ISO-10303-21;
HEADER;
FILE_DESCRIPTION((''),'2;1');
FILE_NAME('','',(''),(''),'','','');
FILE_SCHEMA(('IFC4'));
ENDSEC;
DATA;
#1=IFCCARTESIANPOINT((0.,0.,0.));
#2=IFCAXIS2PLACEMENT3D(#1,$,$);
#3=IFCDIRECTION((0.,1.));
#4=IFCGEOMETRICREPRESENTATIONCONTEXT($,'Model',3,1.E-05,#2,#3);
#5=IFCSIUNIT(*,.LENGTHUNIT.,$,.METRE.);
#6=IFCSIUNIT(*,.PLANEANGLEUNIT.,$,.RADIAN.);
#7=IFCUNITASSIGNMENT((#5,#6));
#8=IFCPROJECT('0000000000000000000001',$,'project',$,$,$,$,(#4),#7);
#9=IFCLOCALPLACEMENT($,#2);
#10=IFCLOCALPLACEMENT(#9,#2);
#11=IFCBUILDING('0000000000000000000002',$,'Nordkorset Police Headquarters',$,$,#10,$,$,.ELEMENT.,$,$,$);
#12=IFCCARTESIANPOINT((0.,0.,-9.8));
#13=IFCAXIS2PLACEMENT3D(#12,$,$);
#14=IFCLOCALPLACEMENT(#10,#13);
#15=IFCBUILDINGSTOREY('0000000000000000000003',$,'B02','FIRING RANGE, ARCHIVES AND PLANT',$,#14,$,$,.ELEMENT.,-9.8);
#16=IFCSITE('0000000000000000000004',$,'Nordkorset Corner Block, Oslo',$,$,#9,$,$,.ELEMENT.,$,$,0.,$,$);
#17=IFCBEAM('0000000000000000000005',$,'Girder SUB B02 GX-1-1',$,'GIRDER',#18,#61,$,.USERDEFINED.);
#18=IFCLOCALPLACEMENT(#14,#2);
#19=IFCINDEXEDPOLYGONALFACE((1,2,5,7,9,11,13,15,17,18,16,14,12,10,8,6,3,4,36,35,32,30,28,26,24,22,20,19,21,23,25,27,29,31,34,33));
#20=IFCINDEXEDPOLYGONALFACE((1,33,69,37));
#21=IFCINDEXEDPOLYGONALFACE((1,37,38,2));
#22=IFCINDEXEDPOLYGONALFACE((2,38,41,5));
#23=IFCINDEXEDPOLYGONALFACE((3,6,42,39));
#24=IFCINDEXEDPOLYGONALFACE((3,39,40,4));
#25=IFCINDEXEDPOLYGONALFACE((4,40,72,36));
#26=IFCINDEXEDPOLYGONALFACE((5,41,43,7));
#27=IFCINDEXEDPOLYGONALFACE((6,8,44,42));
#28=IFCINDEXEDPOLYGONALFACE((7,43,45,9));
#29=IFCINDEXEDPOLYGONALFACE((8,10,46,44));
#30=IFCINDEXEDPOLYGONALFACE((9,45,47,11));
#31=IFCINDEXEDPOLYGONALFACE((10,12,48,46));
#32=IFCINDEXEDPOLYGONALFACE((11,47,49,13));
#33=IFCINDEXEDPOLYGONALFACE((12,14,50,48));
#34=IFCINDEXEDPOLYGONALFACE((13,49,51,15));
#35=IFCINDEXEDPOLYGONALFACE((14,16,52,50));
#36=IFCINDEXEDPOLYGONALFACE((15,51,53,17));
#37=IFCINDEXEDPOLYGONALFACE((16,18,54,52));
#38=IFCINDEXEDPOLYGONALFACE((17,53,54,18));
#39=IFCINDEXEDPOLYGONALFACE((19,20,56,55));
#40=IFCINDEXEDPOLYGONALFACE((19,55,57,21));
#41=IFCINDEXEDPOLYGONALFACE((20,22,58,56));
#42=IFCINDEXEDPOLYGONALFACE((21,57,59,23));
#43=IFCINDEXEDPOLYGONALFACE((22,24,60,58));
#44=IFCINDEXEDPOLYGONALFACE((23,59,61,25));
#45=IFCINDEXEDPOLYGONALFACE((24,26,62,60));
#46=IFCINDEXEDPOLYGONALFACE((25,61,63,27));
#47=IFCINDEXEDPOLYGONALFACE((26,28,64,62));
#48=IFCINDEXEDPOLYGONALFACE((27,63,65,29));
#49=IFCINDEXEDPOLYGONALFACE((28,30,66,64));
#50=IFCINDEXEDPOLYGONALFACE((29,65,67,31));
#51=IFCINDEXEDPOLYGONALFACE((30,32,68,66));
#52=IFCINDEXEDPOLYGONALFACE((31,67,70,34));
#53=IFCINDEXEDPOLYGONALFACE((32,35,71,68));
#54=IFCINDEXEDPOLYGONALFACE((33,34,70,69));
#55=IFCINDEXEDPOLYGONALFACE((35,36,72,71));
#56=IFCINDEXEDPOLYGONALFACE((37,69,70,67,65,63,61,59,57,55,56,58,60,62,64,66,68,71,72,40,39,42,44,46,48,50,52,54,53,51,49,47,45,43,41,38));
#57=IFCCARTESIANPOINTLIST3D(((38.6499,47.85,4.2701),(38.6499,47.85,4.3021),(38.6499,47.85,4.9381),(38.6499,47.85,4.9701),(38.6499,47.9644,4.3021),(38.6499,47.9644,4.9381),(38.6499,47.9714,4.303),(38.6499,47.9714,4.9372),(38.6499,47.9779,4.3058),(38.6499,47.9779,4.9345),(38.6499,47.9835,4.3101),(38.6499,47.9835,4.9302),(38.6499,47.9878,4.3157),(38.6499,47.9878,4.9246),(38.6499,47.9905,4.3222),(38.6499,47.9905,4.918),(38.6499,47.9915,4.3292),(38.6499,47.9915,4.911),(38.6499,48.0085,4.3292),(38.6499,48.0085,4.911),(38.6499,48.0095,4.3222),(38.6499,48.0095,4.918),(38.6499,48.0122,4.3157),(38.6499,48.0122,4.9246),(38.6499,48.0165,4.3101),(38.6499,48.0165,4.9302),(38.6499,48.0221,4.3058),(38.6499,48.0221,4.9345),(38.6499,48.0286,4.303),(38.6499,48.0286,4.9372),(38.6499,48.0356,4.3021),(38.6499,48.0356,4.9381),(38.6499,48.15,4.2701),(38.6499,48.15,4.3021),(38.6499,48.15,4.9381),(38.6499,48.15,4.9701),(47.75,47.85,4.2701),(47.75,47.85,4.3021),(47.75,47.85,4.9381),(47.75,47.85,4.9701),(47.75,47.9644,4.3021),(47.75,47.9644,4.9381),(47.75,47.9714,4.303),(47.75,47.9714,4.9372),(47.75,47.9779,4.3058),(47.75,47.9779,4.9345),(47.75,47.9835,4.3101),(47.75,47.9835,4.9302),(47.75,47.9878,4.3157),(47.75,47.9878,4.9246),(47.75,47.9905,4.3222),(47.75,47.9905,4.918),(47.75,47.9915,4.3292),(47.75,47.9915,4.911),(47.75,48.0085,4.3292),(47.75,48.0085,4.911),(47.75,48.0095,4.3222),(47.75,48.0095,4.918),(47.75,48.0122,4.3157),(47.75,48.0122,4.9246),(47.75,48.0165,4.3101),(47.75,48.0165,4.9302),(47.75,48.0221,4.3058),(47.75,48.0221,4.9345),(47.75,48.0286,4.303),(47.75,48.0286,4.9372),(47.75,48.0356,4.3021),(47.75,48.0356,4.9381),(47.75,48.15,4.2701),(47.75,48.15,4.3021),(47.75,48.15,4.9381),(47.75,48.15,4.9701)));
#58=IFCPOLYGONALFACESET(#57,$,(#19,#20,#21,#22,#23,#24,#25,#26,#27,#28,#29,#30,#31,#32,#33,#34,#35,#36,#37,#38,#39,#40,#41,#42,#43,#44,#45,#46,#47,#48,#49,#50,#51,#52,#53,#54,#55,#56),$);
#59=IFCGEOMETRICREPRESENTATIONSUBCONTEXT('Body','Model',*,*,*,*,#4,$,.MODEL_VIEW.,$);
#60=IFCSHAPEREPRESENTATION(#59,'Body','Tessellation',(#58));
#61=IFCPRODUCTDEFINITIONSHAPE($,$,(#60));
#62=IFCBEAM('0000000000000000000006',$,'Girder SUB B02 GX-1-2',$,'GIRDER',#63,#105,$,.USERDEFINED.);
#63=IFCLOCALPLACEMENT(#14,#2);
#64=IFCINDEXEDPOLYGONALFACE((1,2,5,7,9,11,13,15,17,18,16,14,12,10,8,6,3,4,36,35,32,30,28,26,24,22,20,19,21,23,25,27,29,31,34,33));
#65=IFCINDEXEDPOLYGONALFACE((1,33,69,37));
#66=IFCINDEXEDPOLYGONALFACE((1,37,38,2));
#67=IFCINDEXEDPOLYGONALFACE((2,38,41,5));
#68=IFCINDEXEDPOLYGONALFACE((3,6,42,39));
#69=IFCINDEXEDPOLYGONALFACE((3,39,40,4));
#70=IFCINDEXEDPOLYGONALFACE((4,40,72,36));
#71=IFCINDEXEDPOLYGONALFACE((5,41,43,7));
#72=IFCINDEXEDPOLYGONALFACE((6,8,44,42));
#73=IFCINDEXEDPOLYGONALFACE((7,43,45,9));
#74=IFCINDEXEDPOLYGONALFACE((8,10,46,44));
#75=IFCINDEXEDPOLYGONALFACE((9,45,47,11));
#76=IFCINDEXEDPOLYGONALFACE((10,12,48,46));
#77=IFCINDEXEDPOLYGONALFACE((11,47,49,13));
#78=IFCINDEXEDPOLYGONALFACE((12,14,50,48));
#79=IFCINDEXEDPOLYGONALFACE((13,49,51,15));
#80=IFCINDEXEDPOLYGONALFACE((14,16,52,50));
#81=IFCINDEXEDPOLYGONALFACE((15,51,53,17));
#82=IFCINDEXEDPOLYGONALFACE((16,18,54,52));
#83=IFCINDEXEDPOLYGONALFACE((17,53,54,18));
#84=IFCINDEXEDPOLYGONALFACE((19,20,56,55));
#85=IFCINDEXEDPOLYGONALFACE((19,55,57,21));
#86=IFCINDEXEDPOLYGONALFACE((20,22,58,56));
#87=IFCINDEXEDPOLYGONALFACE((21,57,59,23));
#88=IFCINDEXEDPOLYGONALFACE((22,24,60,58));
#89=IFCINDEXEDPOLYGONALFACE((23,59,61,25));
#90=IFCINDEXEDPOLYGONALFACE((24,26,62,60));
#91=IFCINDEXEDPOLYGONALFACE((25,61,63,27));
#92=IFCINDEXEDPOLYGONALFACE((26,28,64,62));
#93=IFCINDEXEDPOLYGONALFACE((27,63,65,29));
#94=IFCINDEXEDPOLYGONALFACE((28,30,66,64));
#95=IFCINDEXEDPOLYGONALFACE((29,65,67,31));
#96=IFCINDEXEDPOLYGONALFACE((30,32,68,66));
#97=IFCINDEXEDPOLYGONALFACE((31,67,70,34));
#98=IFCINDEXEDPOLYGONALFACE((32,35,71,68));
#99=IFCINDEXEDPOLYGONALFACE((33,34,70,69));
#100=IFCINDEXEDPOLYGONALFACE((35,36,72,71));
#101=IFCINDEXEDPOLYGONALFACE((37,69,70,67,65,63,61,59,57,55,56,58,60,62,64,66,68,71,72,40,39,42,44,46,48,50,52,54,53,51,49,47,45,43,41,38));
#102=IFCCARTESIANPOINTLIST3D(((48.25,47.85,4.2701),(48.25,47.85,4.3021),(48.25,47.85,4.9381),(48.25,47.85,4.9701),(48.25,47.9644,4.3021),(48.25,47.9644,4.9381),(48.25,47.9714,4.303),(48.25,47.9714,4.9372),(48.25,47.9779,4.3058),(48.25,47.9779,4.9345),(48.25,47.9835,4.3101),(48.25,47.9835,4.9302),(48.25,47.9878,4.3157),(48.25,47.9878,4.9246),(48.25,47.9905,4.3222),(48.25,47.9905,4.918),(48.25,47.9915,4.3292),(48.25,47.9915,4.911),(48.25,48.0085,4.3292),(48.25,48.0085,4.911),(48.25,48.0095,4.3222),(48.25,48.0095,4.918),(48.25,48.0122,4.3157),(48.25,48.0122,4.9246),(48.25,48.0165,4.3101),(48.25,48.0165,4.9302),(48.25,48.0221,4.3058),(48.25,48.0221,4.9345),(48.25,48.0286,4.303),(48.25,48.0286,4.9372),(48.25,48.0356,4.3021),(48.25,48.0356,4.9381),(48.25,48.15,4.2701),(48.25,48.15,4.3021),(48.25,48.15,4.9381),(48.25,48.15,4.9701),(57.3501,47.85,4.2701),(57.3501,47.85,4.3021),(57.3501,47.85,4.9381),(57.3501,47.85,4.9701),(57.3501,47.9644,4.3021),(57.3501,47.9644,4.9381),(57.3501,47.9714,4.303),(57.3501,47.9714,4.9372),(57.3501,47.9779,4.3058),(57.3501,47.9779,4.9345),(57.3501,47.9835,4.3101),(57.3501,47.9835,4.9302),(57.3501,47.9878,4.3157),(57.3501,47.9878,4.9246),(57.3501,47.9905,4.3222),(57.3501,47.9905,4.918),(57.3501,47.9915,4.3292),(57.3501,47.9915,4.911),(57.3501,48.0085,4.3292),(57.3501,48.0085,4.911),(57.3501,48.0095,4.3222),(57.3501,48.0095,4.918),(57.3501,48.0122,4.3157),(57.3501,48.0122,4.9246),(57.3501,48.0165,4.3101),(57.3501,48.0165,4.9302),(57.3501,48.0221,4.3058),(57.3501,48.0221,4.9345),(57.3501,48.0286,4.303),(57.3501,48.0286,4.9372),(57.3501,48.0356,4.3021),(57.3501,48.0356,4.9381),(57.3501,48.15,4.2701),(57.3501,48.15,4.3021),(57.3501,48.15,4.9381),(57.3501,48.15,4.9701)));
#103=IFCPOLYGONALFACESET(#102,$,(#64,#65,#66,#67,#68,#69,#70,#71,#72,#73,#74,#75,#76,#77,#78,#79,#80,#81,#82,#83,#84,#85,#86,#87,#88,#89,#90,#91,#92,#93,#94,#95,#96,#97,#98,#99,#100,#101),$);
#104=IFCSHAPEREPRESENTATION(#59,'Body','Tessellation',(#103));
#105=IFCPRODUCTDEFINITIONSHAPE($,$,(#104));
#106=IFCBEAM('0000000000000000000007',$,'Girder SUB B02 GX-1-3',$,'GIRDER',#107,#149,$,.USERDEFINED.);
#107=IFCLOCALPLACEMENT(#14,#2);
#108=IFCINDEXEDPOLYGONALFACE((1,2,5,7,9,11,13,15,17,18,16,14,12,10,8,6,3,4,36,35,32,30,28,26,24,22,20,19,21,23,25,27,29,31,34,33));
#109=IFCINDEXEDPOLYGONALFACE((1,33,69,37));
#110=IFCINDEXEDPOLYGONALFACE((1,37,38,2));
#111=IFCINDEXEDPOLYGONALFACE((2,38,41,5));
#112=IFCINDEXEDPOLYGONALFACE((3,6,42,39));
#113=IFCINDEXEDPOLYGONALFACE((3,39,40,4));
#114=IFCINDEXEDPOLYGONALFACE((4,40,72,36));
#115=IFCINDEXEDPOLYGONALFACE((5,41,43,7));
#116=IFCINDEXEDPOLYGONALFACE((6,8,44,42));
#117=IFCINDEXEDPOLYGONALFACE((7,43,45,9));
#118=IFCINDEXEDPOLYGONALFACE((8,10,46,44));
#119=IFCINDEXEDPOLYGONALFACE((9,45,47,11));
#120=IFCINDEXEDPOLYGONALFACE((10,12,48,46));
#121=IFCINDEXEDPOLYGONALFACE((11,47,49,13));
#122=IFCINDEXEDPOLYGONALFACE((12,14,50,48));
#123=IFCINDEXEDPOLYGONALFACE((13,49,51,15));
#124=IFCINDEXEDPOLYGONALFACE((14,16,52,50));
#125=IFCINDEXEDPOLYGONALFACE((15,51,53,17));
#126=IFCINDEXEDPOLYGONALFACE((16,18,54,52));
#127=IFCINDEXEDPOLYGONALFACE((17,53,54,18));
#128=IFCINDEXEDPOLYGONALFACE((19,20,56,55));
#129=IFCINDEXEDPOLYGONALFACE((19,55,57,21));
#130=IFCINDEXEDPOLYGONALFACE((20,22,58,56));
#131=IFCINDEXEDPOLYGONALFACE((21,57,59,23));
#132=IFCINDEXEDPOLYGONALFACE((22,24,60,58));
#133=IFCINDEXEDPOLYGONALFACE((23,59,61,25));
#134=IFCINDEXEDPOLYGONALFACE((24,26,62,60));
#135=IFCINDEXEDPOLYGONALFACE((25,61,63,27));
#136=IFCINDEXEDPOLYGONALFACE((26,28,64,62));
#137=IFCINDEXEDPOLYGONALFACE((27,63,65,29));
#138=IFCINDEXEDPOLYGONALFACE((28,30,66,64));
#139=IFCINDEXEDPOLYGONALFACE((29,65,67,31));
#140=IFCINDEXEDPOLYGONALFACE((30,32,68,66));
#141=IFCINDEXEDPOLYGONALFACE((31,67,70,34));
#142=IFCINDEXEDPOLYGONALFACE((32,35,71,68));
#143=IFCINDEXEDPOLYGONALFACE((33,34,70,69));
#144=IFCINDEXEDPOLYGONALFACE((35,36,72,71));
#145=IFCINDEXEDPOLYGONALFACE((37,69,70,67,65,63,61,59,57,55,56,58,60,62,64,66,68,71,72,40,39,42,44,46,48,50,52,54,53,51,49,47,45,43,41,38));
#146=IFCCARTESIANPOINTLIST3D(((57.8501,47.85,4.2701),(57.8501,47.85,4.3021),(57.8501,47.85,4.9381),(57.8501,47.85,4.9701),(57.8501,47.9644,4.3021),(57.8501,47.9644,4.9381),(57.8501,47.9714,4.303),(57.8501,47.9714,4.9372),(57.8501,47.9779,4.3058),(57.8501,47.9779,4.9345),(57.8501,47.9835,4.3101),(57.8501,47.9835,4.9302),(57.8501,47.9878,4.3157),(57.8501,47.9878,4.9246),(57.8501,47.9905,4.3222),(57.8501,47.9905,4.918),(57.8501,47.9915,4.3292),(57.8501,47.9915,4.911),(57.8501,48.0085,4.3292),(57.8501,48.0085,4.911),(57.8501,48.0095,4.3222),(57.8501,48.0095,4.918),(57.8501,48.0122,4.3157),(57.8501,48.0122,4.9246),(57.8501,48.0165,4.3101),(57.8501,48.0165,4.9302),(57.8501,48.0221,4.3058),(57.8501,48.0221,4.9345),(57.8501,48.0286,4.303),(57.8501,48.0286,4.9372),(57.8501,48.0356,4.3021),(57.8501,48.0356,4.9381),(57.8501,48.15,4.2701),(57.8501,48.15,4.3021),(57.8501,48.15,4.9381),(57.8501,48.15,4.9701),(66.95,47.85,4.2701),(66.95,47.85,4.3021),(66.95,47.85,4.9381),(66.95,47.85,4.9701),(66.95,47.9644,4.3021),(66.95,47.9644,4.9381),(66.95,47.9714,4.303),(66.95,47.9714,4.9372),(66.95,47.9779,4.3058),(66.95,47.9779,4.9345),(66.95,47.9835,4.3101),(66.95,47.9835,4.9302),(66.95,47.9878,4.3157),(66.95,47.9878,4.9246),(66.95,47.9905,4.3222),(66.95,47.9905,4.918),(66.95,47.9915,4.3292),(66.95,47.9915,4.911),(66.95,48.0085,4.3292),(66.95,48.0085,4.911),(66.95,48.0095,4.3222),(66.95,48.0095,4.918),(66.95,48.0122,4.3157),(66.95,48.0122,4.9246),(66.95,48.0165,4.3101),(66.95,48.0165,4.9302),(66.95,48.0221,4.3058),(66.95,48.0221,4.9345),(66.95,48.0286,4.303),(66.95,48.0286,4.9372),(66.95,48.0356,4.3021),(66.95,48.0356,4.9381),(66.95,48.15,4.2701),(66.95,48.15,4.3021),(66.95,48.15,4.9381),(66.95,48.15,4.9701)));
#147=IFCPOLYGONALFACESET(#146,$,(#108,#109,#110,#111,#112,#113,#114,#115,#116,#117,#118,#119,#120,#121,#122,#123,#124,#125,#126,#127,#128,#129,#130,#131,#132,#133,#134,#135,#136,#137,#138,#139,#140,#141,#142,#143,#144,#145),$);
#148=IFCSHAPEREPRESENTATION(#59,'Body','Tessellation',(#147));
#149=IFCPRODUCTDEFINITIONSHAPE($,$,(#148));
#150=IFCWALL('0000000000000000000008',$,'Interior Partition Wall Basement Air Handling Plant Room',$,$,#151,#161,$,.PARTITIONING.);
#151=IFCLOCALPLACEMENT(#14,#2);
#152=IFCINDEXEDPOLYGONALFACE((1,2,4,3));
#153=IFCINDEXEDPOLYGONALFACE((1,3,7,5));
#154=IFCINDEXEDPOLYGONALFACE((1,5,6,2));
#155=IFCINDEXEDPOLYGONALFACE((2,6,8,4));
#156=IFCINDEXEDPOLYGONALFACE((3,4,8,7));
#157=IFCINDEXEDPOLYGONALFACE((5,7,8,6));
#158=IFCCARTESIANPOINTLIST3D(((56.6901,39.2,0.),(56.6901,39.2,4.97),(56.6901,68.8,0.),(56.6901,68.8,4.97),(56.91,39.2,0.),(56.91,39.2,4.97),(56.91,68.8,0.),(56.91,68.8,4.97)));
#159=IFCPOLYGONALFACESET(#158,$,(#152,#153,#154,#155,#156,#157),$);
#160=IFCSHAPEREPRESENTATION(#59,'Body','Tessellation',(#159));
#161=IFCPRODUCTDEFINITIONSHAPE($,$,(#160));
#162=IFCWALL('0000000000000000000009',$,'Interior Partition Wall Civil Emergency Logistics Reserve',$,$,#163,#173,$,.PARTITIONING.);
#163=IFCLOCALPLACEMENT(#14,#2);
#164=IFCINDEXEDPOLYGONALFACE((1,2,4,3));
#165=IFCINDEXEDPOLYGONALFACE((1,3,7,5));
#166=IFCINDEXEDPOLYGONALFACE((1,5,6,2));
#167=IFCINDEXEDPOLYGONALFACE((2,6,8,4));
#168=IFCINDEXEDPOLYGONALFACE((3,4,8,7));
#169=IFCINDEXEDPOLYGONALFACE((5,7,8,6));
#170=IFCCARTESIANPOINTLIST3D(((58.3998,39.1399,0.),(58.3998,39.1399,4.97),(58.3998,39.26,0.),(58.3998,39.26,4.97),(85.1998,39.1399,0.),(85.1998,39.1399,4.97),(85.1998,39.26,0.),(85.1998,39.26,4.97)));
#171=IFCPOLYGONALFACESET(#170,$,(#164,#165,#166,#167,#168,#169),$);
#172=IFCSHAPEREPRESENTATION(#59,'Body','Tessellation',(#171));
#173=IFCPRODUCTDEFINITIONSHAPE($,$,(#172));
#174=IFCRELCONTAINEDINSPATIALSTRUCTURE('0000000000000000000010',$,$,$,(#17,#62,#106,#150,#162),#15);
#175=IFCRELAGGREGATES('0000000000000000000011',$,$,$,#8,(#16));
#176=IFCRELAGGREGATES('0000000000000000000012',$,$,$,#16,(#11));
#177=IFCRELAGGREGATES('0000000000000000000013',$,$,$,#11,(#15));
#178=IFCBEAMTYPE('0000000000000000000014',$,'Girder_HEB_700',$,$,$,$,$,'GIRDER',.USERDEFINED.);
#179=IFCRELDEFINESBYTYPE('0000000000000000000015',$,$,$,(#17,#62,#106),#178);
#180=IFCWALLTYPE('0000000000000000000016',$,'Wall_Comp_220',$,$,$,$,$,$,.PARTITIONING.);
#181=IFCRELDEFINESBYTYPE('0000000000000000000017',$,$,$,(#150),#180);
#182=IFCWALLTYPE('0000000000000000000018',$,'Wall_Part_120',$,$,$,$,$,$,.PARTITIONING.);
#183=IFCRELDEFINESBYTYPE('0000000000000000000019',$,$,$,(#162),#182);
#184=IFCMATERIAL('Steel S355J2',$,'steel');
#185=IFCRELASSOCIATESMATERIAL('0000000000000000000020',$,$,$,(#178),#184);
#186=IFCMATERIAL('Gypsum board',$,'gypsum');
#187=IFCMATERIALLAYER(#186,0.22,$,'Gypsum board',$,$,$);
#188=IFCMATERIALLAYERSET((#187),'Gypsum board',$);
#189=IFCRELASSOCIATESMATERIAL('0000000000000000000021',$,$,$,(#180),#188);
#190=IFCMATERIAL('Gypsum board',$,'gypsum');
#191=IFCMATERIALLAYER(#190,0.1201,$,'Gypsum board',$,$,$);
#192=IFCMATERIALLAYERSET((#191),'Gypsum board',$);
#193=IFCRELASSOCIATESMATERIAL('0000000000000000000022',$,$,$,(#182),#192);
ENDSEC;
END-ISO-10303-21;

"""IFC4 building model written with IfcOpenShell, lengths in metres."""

from ifc_helpers import new_model, si_unit, direction, frame, frame_2d, origin, origin_2d, place, context, subcontext, project, spatial, rectangle, i_section, extrude, material, layer, layer_set, material_profile, profile_set, type_object, element, save


model = new_model("IFC4")

# Units and contexts
model_context = context("Model", 3, precision=1e-05, world=origin(), true_north=direction((0.0, 1.0)))
body_context = subcontext(model_context, "Body", "Model", "MODEL_VIEW")
ifc_project = project(units=[si_unit("LENGTHUNIT", "METRE"), si_unit("PLANEANGLEUNIT", "RADIAN")], contexts=[model_context])

# Site, building, storey
site_placement = place(None, origin())
site = spatial("IfcSite", under=ifc_project, at=site_placement, Name="Nordkorset Corner Block, Oslo", CompositionType="ELEMENT", RefElevation=0.0)
building_placement = place(site_placement, origin())
building = spatial("IfcBuilding", under=site, at=building_placement, Name="Nordkorset Police Headquarters", CompositionType="ELEMENT")
storey_placement = place(building_placement, frame((0.0, 0.0, -9.8)))
storey = spatial("IfcBuildingStorey", under=building, at=storey_placement, Name="B02", Description="FIRING RANGE, ARCHIVES AND PLANT", CompositionType="ELEMENT", Elevation=-9.8)

# Beams
ifc_material_1 = material(Name="Steel S355J2", Category="steel")
ifc_material_profile_1 = material_profile(ifc_material_1, i_section(OverallWidth=0.3, OverallDepth=0.7, WebThickness=0.0171, FlangeThickness=0.032, FilletRadius=0.0271, at=origin_2d()), Name="HEB 700")
ifc_profile_set_1 = profile_set([ifc_material_profile_1], Name="Steel S355J2")
beam_type_1 = type_object("IfcBeamType", Name="Girder_HEB_700", ElementType="GIRDER", PredefinedType="USERDEFINED", material=ifc_profile_set_1)
for number, where, z_axis, x_axis, name in (
    (1, (38.6499, 48.0, 4.6201), (1.0, 0.0, 0.0), (0.0, 1.0, 0.0), "Girder SUB B02 GX-1-1"),
    (2, (48.25, 48.0, 4.6201), (1.0, 0.0, 0.0), (0.0, 1.0, 0.0), "Girder SUB B02 GX-1-2"),
):
    element("IfcBeam", number, at=place(storey_placement, frame(where, z_axis=z_axis, x_axis=x_axis)), inside=storey, type_object=beam_type_1, Name=name, ObjectType="GIRDER", PredefinedType="USERDEFINED", context=body_context, shape_type="SweptSolid", body=[
        extrude(i_section(OverallWidth=0.3, OverallDepth=0.7, WebThickness=0.0171, FlangeThickness=0.032, FilletRadius=0.0271, at=origin_2d()), origin(), (0.0, 0.0, 1.0), 9.1001),
    ])
beam_1_placement = place(storey_placement, frame((57.8501, 48.0, 4.6201), z_axis=(1.0, 0.0, 0.0), x_axis=(0.0, 1.0, 0.0)))
element("IfcBeam", 3, at=beam_1_placement, inside=storey, type_object=beam_type_1, Name="Girder SUB B02 GX-1-3", ObjectType="GIRDER", PredefinedType="USERDEFINED", context=body_context, shape_type="SweptSolid", body=[
    extrude(i_section(OverallWidth=0.3, OverallDepth=0.7, WebThickness=0.0171, FlangeThickness=0.032, FilletRadius=0.0271, at=origin_2d()), origin(), (0.0, 0.0, 1.0), 9.0999),
])

# Walls
ifc_material_2 = material(Name="Gypsum board", Category="gypsum")
ifc_layer_1 = layer(ifc_material_2, 0.22, Name="Gypsum board")
ifc_layer_set_1 = layer_set([ifc_layer_1], Name="Gypsum board")
wall_type_1 = type_object("IfcWallType", Name="Wall_Comp_220", PredefinedType="PARTITIONING", material=ifc_layer_set_1)
wall_1_placement = place(storey_placement, frame((56.8, 39.2, 0.0), z_axis=(0.0, 0.0, 1.0), x_axis=(0.0, 1.0, 0.0)))
element("IfcWall", 4, at=wall_1_placement, inside=storey, type_object=wall_type_1, Name="Interior Partition Wall Basement Air Handling Plant Room", PredefinedType="PARTITIONING", context=body_context, shape_type="SweptSolid", body=[
    extrude(rectangle(XDim=29.6001, YDim=0.22, at=frame_2d((14.8, 0.0))), origin(), (0.0, 0.0, 1.0), 4.97),
])
ifc_material_3 = material(Name="Gypsum board", Category="gypsum")
ifc_layer_2 = layer(ifc_material_3, 0.1201, Name="Gypsum board")
ifc_layer_set_2 = layer_set([ifc_layer_2], Name="Gypsum board")
wall_type_2 = type_object("IfcWallType", Name="Wall_Part_120", PredefinedType="PARTITIONING", material=ifc_layer_set_2)
wall_2_placement = place(storey_placement, frame((58.3999, 39.2, 0.0), z_axis=(0.0, 0.0, 1.0), x_axis=(1.0, 0.0, 0.0)))
element("IfcWall", 5, at=wall_2_placement, inside=storey, type_object=wall_type_2, Name="Interior Partition Wall Civil Emergency Logistics Reserve", PredefinedType="PARTITIONING", context=body_context, shape_type="SweptSolid", body=[
    extrude(rectangle(XDim=26.8, YDim=0.1201, at=frame_2d((13.3999, 0.0))), origin(), (0.0, 0.0, 1.0), 4.97),
])

save(model, "model.ifc")
